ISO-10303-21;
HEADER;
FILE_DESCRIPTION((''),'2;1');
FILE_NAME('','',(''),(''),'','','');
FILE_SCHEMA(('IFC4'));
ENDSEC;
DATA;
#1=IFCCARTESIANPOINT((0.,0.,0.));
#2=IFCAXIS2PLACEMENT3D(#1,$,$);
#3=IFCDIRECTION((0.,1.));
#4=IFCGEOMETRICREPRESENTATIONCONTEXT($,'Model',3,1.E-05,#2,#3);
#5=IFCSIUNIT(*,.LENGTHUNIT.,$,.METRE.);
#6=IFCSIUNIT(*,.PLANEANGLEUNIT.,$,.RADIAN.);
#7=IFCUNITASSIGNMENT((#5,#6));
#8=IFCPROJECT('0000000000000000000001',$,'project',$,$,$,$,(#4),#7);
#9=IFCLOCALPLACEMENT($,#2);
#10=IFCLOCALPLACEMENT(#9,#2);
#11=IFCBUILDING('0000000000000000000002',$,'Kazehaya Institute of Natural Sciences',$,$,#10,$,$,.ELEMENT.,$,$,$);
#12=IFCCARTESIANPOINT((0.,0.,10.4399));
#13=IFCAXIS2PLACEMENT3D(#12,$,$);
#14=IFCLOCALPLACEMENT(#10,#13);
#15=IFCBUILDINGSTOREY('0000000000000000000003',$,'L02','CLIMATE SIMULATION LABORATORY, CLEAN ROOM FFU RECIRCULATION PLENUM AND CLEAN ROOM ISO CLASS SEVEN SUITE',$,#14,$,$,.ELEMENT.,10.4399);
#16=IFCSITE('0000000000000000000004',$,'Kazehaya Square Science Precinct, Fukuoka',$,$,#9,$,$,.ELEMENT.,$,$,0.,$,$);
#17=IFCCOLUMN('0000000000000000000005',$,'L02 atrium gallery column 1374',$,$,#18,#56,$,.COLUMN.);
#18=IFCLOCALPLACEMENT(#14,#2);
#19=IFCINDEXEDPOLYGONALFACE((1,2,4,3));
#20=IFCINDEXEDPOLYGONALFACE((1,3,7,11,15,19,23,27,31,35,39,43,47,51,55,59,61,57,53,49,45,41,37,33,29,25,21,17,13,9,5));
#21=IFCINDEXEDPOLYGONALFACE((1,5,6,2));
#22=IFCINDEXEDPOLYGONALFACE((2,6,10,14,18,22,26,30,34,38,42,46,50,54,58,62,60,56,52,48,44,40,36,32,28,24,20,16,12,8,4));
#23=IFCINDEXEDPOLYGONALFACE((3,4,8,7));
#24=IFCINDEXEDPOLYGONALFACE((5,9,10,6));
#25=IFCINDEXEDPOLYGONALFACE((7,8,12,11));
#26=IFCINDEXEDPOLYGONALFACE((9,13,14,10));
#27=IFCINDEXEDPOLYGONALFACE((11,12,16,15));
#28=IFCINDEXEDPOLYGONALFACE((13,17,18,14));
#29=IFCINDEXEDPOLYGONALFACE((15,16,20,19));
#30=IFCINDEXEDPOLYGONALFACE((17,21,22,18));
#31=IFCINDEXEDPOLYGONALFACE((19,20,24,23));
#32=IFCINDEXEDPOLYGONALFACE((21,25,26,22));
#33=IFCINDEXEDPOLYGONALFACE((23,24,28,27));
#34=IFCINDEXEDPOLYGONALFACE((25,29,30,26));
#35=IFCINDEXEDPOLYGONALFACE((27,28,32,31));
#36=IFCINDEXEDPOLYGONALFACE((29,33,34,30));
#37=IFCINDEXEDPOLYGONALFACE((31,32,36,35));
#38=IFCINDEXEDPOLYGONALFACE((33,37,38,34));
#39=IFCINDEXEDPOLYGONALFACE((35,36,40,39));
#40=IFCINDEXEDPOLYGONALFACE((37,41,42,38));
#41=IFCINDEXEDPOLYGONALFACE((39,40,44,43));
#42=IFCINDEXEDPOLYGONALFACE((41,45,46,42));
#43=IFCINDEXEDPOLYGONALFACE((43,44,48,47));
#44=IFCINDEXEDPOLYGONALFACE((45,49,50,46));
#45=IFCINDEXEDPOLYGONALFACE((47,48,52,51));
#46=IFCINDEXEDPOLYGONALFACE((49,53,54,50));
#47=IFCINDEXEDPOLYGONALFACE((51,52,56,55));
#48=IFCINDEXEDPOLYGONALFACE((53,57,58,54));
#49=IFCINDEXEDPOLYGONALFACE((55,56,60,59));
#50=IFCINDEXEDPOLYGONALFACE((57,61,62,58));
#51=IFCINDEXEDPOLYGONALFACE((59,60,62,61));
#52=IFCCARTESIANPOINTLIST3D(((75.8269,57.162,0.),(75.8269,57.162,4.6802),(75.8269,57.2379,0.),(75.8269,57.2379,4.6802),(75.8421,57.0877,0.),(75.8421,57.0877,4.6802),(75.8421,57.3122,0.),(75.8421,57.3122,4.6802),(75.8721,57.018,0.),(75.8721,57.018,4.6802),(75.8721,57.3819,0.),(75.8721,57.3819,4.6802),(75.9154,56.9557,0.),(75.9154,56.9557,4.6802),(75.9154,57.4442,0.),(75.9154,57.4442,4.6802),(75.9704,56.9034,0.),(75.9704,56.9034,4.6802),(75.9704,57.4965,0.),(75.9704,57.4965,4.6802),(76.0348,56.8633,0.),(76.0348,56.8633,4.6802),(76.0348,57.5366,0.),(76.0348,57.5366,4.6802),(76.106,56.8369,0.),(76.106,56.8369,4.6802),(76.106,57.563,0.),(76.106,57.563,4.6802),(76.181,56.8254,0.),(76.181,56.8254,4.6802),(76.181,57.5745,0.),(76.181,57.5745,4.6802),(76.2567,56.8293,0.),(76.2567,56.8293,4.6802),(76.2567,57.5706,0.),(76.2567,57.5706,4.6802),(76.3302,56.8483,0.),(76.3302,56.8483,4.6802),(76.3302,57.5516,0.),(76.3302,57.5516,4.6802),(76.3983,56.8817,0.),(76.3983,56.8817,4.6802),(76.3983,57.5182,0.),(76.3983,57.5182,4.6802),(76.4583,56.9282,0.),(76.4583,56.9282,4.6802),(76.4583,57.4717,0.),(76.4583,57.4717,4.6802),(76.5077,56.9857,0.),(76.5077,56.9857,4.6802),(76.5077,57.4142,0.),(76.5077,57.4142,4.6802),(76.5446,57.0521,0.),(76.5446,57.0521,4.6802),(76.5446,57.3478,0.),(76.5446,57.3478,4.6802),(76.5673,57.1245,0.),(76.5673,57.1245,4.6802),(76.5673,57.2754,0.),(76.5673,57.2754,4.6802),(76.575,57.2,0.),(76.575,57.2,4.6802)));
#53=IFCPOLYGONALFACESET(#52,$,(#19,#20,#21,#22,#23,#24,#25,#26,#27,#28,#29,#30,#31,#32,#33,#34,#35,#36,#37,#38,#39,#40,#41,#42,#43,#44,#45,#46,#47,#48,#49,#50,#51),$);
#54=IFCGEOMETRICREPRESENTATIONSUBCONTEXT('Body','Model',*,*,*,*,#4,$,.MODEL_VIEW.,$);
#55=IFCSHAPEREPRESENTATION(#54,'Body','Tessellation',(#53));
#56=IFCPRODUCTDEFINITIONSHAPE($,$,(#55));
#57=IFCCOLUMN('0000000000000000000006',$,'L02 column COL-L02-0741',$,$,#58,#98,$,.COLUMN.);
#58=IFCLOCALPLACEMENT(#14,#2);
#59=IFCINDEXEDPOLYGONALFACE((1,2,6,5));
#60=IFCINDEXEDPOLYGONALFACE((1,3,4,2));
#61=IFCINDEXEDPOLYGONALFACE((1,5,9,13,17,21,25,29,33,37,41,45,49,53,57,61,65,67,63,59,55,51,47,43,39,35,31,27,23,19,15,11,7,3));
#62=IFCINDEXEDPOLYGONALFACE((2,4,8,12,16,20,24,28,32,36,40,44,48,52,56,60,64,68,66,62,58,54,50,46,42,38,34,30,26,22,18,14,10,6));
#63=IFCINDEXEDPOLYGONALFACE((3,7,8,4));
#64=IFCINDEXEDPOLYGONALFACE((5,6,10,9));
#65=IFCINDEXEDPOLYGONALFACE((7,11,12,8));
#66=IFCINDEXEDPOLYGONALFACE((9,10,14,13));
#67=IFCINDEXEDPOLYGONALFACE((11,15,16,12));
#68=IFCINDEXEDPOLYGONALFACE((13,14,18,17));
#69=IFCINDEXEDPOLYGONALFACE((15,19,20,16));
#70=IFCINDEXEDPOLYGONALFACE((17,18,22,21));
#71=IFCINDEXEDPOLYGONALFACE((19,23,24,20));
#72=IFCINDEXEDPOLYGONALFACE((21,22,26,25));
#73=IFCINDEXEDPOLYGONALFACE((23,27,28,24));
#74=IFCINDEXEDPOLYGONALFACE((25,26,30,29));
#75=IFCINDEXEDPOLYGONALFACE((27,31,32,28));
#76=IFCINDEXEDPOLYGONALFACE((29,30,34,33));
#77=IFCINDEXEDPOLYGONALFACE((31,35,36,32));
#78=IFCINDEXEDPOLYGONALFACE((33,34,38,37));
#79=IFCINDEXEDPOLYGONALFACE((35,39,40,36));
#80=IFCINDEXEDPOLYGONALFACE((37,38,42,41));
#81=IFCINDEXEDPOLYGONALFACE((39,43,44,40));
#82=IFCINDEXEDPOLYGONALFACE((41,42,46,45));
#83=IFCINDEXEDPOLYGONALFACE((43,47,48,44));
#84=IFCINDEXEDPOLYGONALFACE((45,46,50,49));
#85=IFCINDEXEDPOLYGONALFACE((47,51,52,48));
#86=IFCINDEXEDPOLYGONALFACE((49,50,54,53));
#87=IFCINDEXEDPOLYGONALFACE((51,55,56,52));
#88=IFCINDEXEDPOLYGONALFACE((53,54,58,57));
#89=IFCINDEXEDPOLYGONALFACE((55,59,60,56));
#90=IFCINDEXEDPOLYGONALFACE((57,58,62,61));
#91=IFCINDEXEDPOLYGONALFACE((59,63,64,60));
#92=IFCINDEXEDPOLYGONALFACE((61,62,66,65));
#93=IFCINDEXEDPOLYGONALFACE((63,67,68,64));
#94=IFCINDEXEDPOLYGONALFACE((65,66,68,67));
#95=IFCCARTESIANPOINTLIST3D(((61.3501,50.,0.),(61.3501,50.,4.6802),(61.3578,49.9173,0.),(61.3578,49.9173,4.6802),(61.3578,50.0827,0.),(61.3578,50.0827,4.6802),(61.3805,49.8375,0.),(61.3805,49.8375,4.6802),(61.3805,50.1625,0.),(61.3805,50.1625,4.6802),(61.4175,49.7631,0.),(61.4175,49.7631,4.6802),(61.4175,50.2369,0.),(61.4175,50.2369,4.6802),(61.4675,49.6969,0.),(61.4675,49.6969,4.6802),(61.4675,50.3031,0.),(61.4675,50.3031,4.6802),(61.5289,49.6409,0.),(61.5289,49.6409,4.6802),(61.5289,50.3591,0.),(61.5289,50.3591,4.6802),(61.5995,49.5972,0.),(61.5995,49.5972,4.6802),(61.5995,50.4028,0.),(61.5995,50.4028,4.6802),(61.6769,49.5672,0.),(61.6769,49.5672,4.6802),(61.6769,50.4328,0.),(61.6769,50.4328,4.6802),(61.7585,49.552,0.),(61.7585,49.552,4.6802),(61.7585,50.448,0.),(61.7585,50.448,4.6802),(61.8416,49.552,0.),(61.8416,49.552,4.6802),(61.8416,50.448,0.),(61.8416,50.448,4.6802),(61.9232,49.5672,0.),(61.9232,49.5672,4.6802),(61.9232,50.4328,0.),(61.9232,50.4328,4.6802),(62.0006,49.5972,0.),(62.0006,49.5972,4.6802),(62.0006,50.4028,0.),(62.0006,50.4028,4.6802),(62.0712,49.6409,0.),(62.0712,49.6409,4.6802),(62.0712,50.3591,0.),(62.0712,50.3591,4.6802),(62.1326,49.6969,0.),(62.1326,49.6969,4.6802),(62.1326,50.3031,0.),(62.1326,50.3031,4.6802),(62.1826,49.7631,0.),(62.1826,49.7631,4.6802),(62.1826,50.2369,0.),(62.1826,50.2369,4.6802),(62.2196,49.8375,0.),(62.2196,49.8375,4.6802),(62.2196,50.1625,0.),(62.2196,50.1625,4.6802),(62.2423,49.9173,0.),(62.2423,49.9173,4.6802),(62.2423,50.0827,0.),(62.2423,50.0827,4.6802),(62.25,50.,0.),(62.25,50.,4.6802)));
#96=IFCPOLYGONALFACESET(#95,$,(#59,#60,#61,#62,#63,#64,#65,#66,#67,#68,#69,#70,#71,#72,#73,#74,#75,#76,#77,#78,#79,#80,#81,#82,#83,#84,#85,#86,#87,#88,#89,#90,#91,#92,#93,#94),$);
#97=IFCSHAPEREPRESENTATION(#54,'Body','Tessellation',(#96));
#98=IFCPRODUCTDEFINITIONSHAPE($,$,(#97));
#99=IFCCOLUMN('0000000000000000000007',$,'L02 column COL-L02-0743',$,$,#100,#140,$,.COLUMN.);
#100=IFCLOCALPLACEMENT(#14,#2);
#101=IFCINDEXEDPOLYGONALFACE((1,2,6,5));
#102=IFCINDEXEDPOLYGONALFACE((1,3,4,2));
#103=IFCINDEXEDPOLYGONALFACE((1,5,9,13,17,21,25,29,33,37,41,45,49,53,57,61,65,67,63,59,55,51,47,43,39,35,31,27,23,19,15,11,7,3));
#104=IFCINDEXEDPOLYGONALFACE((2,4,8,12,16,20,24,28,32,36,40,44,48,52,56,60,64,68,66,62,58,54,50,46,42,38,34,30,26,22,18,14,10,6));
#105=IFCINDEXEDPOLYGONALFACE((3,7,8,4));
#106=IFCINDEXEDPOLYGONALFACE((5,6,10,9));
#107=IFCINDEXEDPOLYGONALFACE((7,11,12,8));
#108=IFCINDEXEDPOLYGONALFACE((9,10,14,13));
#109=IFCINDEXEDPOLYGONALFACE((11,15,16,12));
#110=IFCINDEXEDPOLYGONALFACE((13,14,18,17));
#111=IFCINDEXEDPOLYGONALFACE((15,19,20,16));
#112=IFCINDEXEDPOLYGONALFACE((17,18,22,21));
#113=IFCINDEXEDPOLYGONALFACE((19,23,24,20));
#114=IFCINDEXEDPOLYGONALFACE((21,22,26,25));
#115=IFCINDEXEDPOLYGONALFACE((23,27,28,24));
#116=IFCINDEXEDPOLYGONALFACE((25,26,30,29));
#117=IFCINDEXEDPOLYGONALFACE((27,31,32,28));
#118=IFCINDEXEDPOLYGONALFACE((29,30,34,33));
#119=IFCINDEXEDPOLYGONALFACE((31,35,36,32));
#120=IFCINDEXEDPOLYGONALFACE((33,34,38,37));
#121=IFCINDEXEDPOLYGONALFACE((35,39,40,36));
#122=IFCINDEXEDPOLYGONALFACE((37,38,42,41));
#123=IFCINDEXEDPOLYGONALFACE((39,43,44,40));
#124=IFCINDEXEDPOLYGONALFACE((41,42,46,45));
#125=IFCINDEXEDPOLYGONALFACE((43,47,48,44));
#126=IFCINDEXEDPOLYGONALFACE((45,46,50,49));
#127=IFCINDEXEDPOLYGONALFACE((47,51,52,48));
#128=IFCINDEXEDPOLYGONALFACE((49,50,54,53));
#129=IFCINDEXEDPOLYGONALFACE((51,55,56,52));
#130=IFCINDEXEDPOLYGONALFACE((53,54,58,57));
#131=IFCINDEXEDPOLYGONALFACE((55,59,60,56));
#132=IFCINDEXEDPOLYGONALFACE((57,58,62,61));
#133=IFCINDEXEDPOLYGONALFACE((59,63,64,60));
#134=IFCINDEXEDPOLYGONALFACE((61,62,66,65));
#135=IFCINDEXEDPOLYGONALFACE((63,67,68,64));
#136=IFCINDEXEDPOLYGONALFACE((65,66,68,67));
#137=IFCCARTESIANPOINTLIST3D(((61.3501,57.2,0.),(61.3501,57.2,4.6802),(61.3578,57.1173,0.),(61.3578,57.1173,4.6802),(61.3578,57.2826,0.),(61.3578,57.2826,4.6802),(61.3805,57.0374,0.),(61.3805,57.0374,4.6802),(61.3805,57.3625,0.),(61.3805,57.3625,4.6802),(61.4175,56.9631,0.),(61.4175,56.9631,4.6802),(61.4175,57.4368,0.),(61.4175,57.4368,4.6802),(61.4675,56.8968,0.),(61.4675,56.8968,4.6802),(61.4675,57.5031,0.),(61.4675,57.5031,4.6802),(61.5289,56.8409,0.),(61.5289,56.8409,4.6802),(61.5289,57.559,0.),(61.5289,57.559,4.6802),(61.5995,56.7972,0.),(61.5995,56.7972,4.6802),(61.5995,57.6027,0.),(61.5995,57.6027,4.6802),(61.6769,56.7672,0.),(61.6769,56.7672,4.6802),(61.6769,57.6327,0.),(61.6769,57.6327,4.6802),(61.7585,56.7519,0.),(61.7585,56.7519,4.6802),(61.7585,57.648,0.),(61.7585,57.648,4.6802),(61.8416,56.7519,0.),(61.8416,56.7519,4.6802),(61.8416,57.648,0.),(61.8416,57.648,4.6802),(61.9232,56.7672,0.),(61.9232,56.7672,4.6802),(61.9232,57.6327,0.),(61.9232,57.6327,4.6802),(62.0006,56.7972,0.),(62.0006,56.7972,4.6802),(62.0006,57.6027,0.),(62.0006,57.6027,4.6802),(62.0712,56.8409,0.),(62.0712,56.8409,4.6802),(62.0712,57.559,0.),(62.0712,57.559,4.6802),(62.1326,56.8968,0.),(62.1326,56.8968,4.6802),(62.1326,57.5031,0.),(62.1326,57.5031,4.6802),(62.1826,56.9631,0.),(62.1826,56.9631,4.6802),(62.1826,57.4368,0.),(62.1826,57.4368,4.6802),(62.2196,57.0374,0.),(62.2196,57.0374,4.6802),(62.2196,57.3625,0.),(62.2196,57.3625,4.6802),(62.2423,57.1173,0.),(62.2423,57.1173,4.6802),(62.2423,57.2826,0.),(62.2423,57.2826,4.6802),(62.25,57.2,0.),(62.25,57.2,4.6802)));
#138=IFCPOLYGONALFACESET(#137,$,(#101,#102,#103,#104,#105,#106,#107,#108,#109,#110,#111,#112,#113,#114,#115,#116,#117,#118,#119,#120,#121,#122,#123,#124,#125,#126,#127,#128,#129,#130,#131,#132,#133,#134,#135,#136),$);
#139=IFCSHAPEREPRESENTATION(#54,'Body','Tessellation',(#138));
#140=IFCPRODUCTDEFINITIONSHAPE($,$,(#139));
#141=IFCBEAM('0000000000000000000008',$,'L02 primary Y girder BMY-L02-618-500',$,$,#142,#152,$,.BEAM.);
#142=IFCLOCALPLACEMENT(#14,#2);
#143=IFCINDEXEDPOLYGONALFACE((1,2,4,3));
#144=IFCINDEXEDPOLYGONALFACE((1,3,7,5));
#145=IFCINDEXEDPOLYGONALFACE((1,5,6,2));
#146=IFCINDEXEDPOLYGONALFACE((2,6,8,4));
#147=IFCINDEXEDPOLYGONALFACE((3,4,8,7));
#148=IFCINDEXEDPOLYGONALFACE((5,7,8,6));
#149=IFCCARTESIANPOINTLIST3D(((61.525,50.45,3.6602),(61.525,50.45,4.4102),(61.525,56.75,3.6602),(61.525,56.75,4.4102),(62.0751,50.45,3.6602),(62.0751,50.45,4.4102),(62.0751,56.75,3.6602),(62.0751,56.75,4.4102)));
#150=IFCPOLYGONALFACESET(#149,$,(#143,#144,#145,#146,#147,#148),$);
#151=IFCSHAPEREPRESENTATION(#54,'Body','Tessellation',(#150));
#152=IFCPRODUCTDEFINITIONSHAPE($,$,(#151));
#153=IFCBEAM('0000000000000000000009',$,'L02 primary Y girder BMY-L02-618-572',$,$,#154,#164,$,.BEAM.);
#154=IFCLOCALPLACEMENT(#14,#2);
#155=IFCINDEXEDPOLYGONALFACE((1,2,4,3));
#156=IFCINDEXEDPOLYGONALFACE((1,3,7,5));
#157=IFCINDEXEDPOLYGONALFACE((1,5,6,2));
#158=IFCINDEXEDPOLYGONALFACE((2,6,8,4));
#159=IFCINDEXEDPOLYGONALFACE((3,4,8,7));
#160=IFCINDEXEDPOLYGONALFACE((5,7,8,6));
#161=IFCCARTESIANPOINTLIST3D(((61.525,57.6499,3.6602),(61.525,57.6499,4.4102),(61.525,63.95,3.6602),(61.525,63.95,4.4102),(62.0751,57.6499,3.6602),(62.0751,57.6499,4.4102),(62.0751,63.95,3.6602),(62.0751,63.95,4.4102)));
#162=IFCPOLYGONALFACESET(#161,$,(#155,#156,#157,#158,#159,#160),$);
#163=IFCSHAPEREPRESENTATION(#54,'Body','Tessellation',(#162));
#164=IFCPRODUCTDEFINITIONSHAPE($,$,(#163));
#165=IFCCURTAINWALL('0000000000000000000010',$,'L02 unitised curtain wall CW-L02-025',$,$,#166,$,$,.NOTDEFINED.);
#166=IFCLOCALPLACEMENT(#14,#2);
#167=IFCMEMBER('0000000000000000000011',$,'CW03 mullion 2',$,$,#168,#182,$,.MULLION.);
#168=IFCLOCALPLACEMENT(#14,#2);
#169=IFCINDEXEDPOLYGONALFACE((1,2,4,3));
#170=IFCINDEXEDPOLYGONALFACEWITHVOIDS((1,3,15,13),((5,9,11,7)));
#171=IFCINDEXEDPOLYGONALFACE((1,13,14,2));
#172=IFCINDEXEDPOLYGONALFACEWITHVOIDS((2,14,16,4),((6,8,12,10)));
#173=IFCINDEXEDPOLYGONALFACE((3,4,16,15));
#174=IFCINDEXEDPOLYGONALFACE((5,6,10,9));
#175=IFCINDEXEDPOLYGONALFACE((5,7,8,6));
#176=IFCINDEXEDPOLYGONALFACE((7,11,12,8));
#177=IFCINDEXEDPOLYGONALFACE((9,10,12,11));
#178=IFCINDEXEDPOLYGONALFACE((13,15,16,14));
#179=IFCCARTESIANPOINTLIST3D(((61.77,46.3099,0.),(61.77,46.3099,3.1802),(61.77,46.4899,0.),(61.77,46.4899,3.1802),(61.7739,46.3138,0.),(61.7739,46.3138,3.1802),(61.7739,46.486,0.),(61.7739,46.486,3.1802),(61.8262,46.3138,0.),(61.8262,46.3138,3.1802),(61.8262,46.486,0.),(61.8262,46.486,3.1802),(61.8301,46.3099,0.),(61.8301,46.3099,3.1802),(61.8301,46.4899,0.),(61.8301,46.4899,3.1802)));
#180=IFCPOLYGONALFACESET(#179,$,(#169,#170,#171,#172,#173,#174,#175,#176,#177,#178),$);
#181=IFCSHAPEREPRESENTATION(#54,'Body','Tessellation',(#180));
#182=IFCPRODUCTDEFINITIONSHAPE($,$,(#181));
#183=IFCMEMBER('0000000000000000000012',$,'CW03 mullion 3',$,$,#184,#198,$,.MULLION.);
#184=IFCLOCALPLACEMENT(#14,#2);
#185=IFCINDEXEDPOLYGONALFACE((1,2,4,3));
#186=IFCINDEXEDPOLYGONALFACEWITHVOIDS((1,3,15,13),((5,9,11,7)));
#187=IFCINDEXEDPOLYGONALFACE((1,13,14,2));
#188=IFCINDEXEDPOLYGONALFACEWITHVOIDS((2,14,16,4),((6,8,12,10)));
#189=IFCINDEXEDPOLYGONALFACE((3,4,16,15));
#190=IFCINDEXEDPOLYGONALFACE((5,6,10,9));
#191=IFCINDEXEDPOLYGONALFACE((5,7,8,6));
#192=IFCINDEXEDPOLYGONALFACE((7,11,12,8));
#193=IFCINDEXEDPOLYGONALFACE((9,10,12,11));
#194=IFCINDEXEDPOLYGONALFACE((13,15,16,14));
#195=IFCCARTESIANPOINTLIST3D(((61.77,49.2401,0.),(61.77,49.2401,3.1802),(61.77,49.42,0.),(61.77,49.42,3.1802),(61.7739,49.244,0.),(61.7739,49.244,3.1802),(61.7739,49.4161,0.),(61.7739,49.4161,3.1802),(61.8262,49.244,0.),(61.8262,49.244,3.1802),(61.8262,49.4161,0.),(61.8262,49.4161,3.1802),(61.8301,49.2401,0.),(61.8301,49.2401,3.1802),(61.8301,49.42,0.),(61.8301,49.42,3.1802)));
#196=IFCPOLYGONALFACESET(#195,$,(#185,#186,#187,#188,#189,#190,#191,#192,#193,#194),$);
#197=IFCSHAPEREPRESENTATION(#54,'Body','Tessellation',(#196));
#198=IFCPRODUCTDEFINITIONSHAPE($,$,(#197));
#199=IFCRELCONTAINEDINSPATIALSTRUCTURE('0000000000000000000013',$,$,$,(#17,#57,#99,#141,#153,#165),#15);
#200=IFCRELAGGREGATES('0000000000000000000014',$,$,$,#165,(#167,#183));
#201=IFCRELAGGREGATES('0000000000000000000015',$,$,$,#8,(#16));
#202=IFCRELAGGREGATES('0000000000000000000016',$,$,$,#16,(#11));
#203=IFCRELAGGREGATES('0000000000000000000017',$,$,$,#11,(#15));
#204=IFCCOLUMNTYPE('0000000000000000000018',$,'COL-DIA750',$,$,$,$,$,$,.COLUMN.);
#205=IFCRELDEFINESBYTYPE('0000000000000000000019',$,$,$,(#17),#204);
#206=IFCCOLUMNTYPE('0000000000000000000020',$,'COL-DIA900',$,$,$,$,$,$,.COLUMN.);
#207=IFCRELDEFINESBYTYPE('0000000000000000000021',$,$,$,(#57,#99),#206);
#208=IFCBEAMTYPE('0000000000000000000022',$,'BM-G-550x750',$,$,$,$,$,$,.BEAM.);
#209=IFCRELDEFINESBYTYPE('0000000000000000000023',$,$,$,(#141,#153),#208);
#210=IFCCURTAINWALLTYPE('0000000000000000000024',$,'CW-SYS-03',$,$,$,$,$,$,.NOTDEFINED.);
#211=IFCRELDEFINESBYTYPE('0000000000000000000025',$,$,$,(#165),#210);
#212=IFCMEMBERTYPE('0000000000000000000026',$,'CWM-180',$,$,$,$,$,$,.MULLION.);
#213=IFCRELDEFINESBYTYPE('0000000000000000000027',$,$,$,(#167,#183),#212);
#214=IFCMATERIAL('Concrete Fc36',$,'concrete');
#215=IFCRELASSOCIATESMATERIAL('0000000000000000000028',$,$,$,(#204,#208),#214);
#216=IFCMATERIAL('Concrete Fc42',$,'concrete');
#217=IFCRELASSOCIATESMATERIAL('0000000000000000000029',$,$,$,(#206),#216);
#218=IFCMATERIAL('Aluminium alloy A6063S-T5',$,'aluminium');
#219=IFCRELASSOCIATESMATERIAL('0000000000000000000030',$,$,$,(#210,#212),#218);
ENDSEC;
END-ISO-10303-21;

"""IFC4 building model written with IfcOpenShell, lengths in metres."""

from ifc_helpers import new_model, si_unit, direction, frame, origin, origin_2d, place, context, subcontext, project, spatial, rectangle, hollow_rectangle, circle, extrude, material, material_profile, profile_set, type_object, element, aggregate, save


model = new_model("IFC4")

# Units and contexts
model_context = context("Model", 3, precision=1e-05, world=origin(), true_north=direction((0.0, 1.0)))
body_context = subcontext(model_context, "Body", "Model", "MODEL_VIEW")
ifc_project = project(units=[si_unit("LENGTHUNIT", "METRE"), si_unit("PLANEANGLEUNIT", "RADIAN")], contexts=[model_context])

# Site, building, storey
site_placement = place(None, origin())
site = spatial("IfcSite", under=ifc_project, at=site_placement, Name="Kazehaya Square Science Precinct, Fukuoka", CompositionType="ELEMENT", RefElevation=0.0)
building_placement = place(site_placement, origin())
building = spatial("IfcBuilding", under=site, at=building_placement, Name="Kazehaya Institute of Natural Sciences", CompositionType="ELEMENT")
storey_placement = place(building_placement, frame((0.0, 0.0, 10.4399)))
storey = spatial("IfcBuildingStorey", under=building, at=storey_placement, Name="L02", Description="CLIMATE SIMULATION LABORATORY, CLEAN ROOM FFU RECIRCULATION PLENUM AND CLEAN ROOM ISO CLASS SEVEN SUITE", CompositionType="ELEMENT", Elevation=10.4399)

# Columns
ifc_material_1 = material(Name="Concrete Fc36", Category="concrete")
ifc_material_profile_1 = material_profile(ifc_material_1, circle(Radius=0.375, at=origin_2d()), Name="RC-DIA750")
ifc_profile_set_1 = profile_set([ifc_material_profile_1], Name="Concrete Fc36")
column_type_1 = type_object("IfcColumnType", Name="COL-DIA750", PredefinedType="COLUMN", material=ifc_profile_set_1)
column_placement = place(storey_placement, frame((76.2, 57.2, 0.0), z_axis=(0.0, 0.0, 1.0), x_axis=(1.0, 0.0, 0.0)))
element("IfcColumn", 1, at=column_placement, inside=storey, type_object=column_type_1, Name="L02 atrium gallery column 1374", PredefinedType="COLUMN", context=body_context, shape_type="SweptSolid", body=[
    extrude(circle(Radius=0.375, at=origin_2d()), origin(), (0.0, 0.0, 1.0), 4.6802),
])
ifc_material_2 = material(Name="Concrete Fc42", Category="concrete")
ifc_material_profile_2 = material_profile(ifc_material_2, circle(Radius=0.45, at=origin_2d()), Name="RC-DIA900")
ifc_profile_set_2 = profile_set([ifc_material_profile_2], Name="Concrete Fc42")
column_type_2 = type_object("IfcColumnType", Name="COL-DIA900", PredefinedType="COLUMN", material=ifc_profile_set_2)
for number, where, z_axis, x_axis, name in (
    (2, (61.8, 50.0, 0.0), (0.0, 0.0, 1.0), (1.0, 0.0, 0.0), "L02 column COL-L02-0741"),
    (3, (61.8, 57.2, 0.0), (0.0, 0.0, 1.0), (1.0, 0.0, 0.0), "L02 column COL-L02-0743"),
):
    element("IfcColumn", number, at=place(storey_placement, frame(where, z_axis=z_axis, x_axis=x_axis)), inside=storey, type_object=column_type_2, Name=name, PredefinedType="COLUMN", context=body_context, shape_type="SweptSolid", body=[
        extrude(circle(Radius=0.45, at=origin_2d()), origin(), (0.0, 0.0, 1.0), 4.6802),
    ])

# Beams
ifc_material_profile_3 = material_profile(ifc_material_1, rectangle(XDim=0.55, YDim=0.75, at=origin_2d()), Name="RC-550x750")
ifc_profile_set_3 = profile_set([ifc_material_profile_3], Name="Concrete Fc36")
beam_type = type_object("IfcBeamType", Name="BM-G-550x750", PredefinedType="BEAM", material=ifc_profile_set_3)
for number, where, z_axis, x_axis, name in (
    (4, (61.8, 50.45, 4.0352), (0.0, 1.0, 0.0), (-1.0, 0.0, 0.0), "L02 primary Y girder BMY-L02-618-500"),
    (5, (61.8, 57.6499, 4.0352), (0.0, 1.0, 0.0), (-1.0, 0.0, 0.0), "L02 primary Y girder BMY-L02-618-572"),
):
    element("IfcBeam", number, at=place(storey_placement, frame(where, z_axis=z_axis, x_axis=x_axis)), inside=storey, type_object=beam_type, Name=name, PredefinedType="BEAM", context=body_context, shape_type="SweptSolid", body=[
        extrude(rectangle(XDim=0.55, YDim=0.75, at=origin_2d()), origin(), (0.0, 0.0, 1.0), 6.3),
    ])

# Curtain wall, members
ifc_material_3 = material(Name="Aluminium alloy A6063S-T5", Category="aluminium")
curtain_wall_type = type_object("IfcCurtainWallType", Name="CW-SYS-03", PredefinedType="NOTDEFINED", material=ifc_material_3)
curtain_wall_1_placement = place(storey_placement, origin())
curtain_wall_1 = element("IfcCurtainWall", 6, at=curtain_wall_1_placement, inside=storey, type_object=curtain_wall_type, Name="L02 unitised curtain wall CW-L02-025", PredefinedType="NOTDEFINED")
ifc_material_profile_4 = material_profile(ifc_material_3, hollow_rectangle(XDim=0.0601, YDim=0.1799, WallThickness=0.0039, at=origin_2d()), Name="ALU-60x180x4")
ifc_profile_set_4 = profile_set([ifc_material_profile_4], Name="Aluminium alloy A6063S-T5")
member_type_1 = type_object("IfcMemberType", Name="CWM-180", PredefinedType="MULLION", material=ifc_profile_set_4)
member_1_placement = place(storey_placement, frame((61.8, 46.3999, 0.0), z_axis=(0.0, 0.0, 1.0), x_axis=(-1.0, 0.0, 0.0)))
member_1 = element("IfcMember", 7, at=member_1_placement, type_object=member_type_1, Name="CW03 mullion 2", PredefinedType="MULLION", context=body_context, shape_type="SweptSolid", body=[
    extrude(hollow_rectangle(XDim=0.0601, YDim=0.1799, WallThickness=0.0039, at=origin_2d()), origin(), (0.0, 0.0, 1.0), 3.1802),
])
member_2_placement = place(storey_placement, frame((61.8, 49.3301, 0.0), z_axis=(0.0, 0.0, 1.0), x_axis=(-1.0, 0.0, 0.0)))
member_2 = element("IfcMember", 8, at=member_2_placement, type_object=member_type_1, Name="CW03 mullion 3", PredefinedType="MULLION", context=body_context, shape_type="SweptSolid", body=[
    extrude(hollow_rectangle(XDim=0.0601, YDim=0.1799, WallThickness=0.0039, at=origin_2d()), origin(), (0.0, 0.0, 1.0), 3.1802),
])

aggregate(curtain_wall_1, [member_1, member_2])

save(model, "model.ifc")
